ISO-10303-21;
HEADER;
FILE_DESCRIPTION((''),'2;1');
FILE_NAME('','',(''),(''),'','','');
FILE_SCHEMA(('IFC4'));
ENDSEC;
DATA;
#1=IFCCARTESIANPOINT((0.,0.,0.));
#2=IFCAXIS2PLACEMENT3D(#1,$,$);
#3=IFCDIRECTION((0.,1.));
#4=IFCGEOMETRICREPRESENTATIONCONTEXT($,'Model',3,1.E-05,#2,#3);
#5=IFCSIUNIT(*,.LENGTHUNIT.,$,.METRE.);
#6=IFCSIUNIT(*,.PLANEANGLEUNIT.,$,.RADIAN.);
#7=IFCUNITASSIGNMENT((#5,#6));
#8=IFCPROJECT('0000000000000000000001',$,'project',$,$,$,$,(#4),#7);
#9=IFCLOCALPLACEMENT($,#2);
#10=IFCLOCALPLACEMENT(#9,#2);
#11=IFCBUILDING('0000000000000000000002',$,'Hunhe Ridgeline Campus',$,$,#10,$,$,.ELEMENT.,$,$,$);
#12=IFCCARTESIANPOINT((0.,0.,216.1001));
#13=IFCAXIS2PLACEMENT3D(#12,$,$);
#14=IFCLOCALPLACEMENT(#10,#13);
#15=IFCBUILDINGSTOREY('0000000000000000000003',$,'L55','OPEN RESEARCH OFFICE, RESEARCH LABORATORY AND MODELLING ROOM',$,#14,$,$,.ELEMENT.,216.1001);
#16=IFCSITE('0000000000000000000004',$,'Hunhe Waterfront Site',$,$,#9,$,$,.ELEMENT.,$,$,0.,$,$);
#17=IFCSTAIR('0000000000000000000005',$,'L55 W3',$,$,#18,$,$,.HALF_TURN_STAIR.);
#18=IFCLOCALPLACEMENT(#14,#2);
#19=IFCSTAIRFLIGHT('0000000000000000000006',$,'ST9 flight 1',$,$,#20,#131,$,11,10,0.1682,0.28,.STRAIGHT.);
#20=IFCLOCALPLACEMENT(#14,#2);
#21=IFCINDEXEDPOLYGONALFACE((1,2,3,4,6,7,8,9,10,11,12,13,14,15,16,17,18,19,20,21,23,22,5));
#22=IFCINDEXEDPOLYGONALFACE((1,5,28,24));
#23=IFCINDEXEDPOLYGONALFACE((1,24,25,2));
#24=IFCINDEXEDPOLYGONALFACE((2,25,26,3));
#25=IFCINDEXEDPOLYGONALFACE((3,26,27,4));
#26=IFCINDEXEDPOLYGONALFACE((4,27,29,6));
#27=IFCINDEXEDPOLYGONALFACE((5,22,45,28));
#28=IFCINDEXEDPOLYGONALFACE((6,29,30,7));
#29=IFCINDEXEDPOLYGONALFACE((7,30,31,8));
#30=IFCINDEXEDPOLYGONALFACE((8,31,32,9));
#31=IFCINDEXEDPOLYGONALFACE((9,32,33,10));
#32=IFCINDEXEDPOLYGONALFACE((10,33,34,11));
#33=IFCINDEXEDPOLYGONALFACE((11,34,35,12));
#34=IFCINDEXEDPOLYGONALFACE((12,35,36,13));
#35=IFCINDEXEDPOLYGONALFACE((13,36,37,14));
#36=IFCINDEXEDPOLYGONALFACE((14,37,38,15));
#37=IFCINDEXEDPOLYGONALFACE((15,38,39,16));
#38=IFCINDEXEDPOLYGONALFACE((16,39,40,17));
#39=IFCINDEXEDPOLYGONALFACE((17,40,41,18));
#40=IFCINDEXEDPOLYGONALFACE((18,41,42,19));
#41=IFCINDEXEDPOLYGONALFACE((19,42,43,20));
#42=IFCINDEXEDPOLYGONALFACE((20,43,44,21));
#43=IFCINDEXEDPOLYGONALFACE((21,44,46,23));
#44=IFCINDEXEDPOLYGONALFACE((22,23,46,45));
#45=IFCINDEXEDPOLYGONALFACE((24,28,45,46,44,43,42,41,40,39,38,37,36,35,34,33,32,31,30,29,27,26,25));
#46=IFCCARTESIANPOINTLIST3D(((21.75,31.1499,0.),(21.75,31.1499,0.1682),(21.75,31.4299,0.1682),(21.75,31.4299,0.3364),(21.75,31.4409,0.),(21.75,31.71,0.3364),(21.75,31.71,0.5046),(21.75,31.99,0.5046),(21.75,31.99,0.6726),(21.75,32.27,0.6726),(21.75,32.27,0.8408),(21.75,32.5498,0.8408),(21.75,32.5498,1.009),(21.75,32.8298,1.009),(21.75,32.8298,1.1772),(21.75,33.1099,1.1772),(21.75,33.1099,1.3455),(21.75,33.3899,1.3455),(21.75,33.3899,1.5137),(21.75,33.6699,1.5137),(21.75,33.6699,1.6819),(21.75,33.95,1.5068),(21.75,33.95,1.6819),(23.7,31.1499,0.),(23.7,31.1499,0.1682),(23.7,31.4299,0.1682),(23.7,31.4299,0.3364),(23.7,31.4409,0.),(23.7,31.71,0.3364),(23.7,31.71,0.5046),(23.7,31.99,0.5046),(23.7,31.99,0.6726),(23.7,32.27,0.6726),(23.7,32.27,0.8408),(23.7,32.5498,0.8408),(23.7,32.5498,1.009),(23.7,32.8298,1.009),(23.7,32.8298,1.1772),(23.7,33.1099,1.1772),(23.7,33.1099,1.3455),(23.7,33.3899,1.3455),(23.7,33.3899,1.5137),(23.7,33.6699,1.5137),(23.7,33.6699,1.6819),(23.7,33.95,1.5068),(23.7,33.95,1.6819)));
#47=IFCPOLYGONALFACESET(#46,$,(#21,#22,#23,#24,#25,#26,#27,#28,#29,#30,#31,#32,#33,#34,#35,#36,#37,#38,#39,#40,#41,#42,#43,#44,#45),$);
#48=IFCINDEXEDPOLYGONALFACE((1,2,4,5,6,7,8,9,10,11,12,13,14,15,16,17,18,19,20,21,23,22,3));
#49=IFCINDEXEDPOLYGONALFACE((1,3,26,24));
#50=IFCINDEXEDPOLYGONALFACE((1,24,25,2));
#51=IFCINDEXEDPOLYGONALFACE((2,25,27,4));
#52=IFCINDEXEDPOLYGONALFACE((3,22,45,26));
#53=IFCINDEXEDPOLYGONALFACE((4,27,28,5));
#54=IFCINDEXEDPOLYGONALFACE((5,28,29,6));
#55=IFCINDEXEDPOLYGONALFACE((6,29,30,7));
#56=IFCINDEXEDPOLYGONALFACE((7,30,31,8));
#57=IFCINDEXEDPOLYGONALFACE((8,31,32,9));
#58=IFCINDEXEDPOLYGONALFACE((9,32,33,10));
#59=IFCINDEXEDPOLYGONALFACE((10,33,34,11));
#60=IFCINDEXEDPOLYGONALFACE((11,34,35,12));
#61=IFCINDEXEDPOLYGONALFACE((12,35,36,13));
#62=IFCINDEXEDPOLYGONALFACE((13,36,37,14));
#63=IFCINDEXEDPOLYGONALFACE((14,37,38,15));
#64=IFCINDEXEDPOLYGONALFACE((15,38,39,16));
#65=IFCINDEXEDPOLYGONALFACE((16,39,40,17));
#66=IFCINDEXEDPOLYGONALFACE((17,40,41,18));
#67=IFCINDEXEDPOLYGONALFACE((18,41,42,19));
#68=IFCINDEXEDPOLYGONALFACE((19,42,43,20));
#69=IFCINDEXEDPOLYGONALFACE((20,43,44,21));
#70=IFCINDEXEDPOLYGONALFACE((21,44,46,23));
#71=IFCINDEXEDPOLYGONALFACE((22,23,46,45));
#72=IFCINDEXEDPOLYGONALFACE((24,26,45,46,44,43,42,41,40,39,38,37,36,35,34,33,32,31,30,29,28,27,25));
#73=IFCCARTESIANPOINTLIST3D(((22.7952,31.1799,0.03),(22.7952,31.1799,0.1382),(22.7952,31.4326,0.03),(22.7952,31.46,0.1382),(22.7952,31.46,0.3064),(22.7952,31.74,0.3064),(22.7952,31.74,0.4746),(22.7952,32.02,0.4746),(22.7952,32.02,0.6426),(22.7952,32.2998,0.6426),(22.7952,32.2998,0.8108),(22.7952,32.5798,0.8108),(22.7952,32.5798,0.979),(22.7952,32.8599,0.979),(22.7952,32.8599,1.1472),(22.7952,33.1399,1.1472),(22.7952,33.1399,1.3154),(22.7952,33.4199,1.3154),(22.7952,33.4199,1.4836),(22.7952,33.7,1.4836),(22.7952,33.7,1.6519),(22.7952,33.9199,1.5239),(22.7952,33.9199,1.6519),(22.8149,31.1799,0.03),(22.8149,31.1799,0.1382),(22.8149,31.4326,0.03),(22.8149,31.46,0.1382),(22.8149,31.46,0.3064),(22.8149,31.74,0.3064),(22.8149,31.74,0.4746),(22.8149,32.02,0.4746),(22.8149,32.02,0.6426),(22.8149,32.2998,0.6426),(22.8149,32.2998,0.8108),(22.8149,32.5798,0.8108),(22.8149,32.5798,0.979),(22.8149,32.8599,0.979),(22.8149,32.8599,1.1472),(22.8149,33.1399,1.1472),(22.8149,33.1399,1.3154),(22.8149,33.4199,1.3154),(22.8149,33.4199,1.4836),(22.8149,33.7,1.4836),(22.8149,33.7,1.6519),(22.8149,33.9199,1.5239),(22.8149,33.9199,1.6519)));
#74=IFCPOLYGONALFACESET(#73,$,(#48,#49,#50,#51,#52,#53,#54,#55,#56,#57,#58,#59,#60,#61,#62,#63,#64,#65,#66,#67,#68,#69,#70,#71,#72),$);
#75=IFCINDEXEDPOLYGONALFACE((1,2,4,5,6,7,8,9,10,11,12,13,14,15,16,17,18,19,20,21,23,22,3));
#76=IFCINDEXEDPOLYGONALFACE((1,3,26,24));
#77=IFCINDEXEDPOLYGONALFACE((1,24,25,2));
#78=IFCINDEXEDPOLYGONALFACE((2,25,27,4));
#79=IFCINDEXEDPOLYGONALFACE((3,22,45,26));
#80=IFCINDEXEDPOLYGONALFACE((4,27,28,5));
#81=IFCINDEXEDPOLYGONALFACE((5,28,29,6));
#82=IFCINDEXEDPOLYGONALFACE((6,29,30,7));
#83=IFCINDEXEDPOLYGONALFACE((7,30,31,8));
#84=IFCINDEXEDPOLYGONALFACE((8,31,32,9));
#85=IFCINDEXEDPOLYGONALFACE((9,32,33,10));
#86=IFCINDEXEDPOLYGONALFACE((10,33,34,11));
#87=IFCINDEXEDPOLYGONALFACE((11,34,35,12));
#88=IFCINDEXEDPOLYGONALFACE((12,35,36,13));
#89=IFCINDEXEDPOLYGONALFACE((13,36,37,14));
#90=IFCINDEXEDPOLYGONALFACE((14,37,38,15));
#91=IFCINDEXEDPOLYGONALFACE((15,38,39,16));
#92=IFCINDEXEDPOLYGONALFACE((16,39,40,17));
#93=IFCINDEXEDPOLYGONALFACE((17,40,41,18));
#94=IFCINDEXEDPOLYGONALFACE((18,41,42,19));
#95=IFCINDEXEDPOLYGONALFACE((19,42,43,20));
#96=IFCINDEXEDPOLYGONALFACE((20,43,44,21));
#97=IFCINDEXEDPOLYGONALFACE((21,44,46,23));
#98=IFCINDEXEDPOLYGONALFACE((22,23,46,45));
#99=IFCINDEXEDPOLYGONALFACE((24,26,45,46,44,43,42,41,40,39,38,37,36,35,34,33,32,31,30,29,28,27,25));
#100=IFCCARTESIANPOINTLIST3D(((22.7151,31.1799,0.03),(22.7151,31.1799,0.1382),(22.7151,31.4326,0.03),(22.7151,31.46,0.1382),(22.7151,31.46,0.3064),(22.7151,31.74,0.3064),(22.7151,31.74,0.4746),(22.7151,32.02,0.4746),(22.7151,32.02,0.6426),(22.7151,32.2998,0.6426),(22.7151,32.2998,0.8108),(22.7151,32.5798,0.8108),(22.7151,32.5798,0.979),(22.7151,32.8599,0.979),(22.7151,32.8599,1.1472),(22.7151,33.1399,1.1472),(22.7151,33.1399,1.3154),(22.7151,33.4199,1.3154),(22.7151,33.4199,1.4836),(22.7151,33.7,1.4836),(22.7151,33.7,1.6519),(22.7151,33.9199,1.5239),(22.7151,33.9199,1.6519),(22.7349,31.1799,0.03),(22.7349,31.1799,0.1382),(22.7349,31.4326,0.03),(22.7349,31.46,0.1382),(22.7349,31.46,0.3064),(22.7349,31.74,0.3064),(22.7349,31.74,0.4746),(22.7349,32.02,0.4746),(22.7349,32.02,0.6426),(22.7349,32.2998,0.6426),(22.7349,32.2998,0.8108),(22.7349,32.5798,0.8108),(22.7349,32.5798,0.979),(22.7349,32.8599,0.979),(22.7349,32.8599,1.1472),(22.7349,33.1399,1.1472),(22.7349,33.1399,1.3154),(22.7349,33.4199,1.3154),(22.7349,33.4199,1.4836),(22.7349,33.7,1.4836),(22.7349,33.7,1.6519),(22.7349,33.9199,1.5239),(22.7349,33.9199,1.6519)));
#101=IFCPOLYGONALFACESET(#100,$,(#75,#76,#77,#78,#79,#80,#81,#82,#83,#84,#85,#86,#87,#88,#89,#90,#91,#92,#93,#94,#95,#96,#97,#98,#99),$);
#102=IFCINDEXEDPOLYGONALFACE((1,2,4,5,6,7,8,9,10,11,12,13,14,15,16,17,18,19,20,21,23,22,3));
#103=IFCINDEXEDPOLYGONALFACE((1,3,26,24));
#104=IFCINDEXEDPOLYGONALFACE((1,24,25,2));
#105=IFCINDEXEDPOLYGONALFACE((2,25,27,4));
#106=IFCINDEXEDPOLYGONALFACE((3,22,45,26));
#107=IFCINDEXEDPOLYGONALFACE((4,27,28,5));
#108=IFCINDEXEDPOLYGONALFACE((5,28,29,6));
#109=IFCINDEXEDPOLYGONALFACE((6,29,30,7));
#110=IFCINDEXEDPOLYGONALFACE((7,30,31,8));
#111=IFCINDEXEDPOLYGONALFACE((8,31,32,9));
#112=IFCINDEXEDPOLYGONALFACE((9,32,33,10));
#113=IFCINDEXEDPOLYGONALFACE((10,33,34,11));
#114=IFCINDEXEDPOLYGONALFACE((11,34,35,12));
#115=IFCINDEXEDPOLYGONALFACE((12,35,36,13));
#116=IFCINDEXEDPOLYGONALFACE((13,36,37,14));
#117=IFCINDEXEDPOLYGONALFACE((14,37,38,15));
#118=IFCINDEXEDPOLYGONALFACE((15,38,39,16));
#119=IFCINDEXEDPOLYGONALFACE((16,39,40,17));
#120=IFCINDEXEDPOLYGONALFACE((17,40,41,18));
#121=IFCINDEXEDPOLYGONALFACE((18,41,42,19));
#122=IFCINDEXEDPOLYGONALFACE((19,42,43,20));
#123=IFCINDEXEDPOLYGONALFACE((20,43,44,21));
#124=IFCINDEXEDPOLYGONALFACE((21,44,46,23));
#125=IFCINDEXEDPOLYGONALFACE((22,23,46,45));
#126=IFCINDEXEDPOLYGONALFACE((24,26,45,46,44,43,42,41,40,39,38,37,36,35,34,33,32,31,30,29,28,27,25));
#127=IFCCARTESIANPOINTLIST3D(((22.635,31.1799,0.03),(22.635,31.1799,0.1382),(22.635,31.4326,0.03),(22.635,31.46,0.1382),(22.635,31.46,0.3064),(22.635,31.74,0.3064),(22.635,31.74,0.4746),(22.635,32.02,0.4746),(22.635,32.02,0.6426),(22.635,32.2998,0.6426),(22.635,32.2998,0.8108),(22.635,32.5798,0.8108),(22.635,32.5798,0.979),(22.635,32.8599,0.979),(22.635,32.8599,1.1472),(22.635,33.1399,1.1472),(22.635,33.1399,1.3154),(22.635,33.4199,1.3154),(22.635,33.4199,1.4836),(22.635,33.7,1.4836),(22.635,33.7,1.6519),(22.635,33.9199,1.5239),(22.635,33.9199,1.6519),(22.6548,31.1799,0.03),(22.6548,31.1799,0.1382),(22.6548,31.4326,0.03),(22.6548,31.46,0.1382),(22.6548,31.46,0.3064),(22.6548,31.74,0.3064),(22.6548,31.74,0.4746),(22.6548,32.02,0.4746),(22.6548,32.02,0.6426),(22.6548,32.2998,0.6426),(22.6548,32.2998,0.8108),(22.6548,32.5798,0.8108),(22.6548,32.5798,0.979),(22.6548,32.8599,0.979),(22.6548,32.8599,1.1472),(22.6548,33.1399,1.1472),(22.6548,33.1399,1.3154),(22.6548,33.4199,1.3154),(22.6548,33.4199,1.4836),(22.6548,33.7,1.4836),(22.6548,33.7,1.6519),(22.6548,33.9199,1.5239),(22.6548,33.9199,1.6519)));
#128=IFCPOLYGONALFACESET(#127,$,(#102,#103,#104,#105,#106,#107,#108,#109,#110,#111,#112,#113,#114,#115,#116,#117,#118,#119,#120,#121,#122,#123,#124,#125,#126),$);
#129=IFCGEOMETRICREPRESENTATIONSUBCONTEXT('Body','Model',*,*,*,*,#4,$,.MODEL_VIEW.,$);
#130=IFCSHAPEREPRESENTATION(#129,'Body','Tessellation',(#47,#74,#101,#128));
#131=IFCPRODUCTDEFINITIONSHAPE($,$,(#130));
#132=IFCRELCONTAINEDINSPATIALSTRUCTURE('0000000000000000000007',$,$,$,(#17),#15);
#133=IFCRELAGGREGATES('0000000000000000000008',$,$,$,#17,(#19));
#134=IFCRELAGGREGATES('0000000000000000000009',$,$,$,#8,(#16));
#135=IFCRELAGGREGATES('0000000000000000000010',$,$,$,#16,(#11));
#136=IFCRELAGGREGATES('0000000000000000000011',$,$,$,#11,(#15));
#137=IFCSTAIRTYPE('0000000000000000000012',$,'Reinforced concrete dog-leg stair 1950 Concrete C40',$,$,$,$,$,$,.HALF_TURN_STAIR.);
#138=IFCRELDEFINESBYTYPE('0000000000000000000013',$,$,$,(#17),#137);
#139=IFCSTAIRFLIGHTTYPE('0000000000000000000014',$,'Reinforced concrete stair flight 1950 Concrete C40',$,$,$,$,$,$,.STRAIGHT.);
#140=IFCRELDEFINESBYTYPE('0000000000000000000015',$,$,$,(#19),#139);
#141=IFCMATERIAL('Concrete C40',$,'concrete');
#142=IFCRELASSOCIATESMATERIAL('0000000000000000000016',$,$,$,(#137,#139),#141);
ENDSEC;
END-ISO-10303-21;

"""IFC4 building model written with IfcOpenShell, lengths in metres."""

from ifc_helpers import new_model, si_unit, direction, frame, origin, place, context, subcontext, project, spatial, polyline, outline, extrude, material, type_object, element, aggregate, save


model = new_model("IFC4")

# Units and contexts
model_context = context("Model", 3, precision=1e-05, world=origin(), true_north=direction((0.0, 1.0)))
body_context = subcontext(model_context, "Body", "Model", "MODEL_VIEW")
ifc_project = project(units=[si_unit("LENGTHUNIT", "METRE"), si_unit("PLANEANGLEUNIT", "RADIAN")], contexts=[model_context])

# Site, building, storey
site_placement = place(None, origin())
site = spatial("IfcSite", under=ifc_project, at=site_placement, Name="Hunhe Waterfront Site", CompositionType="ELEMENT", RefElevation=0.0)
building_placement = place(site_placement, origin())
building = spatial("IfcBuilding", under=site, at=building_placement, Name="Hunhe Ridgeline Campus", CompositionType="ELEMENT")
storey_placement = place(building_placement, frame((0.0, 0.0, 216.1001)))
storey = spatial("IfcBuildingStorey", under=building, at=storey_placement, Name="L55", Description="OPEN RESEARCH OFFICE, RESEARCH LABORATORY AND MODELLING ROOM", CompositionType="ELEMENT", Elevation=216.1001)

# Stair, stair flight
ifc_material_1 = material(Name="Concrete C40", Category="concrete")
stair_type = type_object("IfcStairType", Name="Reinforced concrete dog-leg stair 1950 Concrete C40", PredefinedType="HALF_TURN_STAIR", material=ifc_material_1)
stair_placement = place(storey_placement, origin())
stair = element("IfcStair", 1, at=stair_placement, inside=storey, type_object=stair_type, Name="L55 W3", PredefinedType="HALF_TURN_STAIR")
stair_flight_type = type_object("IfcStairFlightType", Name="Reinforced concrete stair flight 1950 Concrete C40", PredefinedType="STRAIGHT", material=ifc_material_1)
stair_flight_1_placement = place(storey_placement, frame((22.7251, 31.1499, 0.0), z_axis=(0.0, 0.0, 1.0), x_axis=(0.0, 1.0, 0.0)))
stair_flight_1 = element("IfcStairFlight", 2, at=stair_flight_1_placement, type_object=stair_flight_type, Name="ST9 flight 1", NumberOfRisers=11, NumberOfTreads=10, PredefinedType="STRAIGHT", RiserHeight=0.1682, TreadLength=0.28, context=body_context, shape_type="SweptSolid", body=[
    extrude(outline(polyline([(0.0, 0.0), (0.0, 0.1682), (0.28, 0.1682), (0.28, 0.3364), (0.5601, 0.3364), (0.5601, 0.5046), (0.8401, 0.5046), (0.8401, 0.6726), (1.1201, 0.6726), (1.1201, 0.8408), (1.3999, 0.8408), (1.3999, 1.009), (1.6799, 1.009), (1.6799, 1.1772), (1.96, 1.1772), (1.96, 1.3455), (2.24, 1.3455), (2.24, 1.5137), (2.52, 1.5137), (2.52, 1.6819), (2.8, 1.6819), (2.8, 1.8501), (2.8, 1.5068), (0.291, 0.0), (0.0, 0.0)])), frame((0.0, 0.9751, 0.0), z_axis=(0.0, -1.0, 0.0), x_axis=(1.0, 0.0, 0.0)), (0.0, 0.0, 1.0), 1.95),
    extrude(outline(polyline([(0.03, 0.03), (0.03, 0.1382), (0.3101, 0.1382), (0.3101, 0.3064), (0.5901, 0.3064), (0.5901, 0.4746), (0.8701, 0.4746), (0.8701, 0.6426), (1.1499, 0.6426), (1.1499, 0.8108), (1.4299, 0.8108), (1.4299, 0.979), (1.71, 0.979), (1.71, 1.1472), (1.99, 1.1472), (1.99, 1.3154), (2.27, 1.3154), (2.27, 1.4836), (2.55, 1.4836), (2.55, 1.6519), (2.77, 1.6519), (2.77, 1.5239), (0.2827, 0.03), (0.03, 0.03)])), frame((0.0, -0.0701, 0.0), z_axis=(0.0, -1.0, 0.0), x_axis=(1.0, 0.0, 0.0)), (0.0, 0.0, 1.0), 0.0198),
    extrude(outline(polyline([(0.03, 0.03), (0.03, 0.1382), (0.3101, 0.1382), (0.3101, 0.3064), (0.5901, 0.3064), (0.5901, 0.4746), (0.8701, 0.4746), (0.8701, 0.6426), (1.1499, 0.6426), (1.1499, 0.8108), (1.4299, 0.8108), (1.4299, 0.979), (1.71, 0.979), (1.71, 1.1472), (1.99, 1.1472), (1.99, 1.3154), (2.27, 1.3154), (2.27, 1.4836), (2.55, 1.4836), (2.55, 1.6519), (2.77, 1.6519), (2.77, 1.5239), (0.2827, 0.03), (0.03, 0.03)])), frame((0.0, 0.01, 0.0), z_axis=(0.0, -1.0, 0.0), x_axis=(1.0, 0.0, 0.0)), (0.0, 0.0, 1.0), 0.0198),
    extrude(outline(polyline([(0.03, 0.03), (0.03, 0.1382), (0.3101, 0.1382), (0.3101, 0.3064), (0.5901, 0.3064), (0.5901, 0.4746), (0.8701, 0.4746), (0.8701, 0.6426), (1.1499, 0.6426), (1.1499, 0.8108), (1.4299, 0.8108), (1.4299, 0.979), (1.71, 0.979), (1.71, 1.1472), (1.99, 1.1472), (1.99, 1.3154), (2.27, 1.3154), (2.27, 1.4836), (2.55, 1.4836), (2.55, 1.6519), (2.77, 1.6519), (2.77, 1.5239), (0.2827, 0.03), (0.03, 0.03)])), frame((0.0, 0.0901, 0.0), z_axis=(0.0, -1.0, 0.0), x_axis=(1.0, 0.0, 0.0)), (0.0, 0.0, 1.0), 0.0198),
])
aggregate(stair, [stair_flight_1])

save(model, "model.ifc")
